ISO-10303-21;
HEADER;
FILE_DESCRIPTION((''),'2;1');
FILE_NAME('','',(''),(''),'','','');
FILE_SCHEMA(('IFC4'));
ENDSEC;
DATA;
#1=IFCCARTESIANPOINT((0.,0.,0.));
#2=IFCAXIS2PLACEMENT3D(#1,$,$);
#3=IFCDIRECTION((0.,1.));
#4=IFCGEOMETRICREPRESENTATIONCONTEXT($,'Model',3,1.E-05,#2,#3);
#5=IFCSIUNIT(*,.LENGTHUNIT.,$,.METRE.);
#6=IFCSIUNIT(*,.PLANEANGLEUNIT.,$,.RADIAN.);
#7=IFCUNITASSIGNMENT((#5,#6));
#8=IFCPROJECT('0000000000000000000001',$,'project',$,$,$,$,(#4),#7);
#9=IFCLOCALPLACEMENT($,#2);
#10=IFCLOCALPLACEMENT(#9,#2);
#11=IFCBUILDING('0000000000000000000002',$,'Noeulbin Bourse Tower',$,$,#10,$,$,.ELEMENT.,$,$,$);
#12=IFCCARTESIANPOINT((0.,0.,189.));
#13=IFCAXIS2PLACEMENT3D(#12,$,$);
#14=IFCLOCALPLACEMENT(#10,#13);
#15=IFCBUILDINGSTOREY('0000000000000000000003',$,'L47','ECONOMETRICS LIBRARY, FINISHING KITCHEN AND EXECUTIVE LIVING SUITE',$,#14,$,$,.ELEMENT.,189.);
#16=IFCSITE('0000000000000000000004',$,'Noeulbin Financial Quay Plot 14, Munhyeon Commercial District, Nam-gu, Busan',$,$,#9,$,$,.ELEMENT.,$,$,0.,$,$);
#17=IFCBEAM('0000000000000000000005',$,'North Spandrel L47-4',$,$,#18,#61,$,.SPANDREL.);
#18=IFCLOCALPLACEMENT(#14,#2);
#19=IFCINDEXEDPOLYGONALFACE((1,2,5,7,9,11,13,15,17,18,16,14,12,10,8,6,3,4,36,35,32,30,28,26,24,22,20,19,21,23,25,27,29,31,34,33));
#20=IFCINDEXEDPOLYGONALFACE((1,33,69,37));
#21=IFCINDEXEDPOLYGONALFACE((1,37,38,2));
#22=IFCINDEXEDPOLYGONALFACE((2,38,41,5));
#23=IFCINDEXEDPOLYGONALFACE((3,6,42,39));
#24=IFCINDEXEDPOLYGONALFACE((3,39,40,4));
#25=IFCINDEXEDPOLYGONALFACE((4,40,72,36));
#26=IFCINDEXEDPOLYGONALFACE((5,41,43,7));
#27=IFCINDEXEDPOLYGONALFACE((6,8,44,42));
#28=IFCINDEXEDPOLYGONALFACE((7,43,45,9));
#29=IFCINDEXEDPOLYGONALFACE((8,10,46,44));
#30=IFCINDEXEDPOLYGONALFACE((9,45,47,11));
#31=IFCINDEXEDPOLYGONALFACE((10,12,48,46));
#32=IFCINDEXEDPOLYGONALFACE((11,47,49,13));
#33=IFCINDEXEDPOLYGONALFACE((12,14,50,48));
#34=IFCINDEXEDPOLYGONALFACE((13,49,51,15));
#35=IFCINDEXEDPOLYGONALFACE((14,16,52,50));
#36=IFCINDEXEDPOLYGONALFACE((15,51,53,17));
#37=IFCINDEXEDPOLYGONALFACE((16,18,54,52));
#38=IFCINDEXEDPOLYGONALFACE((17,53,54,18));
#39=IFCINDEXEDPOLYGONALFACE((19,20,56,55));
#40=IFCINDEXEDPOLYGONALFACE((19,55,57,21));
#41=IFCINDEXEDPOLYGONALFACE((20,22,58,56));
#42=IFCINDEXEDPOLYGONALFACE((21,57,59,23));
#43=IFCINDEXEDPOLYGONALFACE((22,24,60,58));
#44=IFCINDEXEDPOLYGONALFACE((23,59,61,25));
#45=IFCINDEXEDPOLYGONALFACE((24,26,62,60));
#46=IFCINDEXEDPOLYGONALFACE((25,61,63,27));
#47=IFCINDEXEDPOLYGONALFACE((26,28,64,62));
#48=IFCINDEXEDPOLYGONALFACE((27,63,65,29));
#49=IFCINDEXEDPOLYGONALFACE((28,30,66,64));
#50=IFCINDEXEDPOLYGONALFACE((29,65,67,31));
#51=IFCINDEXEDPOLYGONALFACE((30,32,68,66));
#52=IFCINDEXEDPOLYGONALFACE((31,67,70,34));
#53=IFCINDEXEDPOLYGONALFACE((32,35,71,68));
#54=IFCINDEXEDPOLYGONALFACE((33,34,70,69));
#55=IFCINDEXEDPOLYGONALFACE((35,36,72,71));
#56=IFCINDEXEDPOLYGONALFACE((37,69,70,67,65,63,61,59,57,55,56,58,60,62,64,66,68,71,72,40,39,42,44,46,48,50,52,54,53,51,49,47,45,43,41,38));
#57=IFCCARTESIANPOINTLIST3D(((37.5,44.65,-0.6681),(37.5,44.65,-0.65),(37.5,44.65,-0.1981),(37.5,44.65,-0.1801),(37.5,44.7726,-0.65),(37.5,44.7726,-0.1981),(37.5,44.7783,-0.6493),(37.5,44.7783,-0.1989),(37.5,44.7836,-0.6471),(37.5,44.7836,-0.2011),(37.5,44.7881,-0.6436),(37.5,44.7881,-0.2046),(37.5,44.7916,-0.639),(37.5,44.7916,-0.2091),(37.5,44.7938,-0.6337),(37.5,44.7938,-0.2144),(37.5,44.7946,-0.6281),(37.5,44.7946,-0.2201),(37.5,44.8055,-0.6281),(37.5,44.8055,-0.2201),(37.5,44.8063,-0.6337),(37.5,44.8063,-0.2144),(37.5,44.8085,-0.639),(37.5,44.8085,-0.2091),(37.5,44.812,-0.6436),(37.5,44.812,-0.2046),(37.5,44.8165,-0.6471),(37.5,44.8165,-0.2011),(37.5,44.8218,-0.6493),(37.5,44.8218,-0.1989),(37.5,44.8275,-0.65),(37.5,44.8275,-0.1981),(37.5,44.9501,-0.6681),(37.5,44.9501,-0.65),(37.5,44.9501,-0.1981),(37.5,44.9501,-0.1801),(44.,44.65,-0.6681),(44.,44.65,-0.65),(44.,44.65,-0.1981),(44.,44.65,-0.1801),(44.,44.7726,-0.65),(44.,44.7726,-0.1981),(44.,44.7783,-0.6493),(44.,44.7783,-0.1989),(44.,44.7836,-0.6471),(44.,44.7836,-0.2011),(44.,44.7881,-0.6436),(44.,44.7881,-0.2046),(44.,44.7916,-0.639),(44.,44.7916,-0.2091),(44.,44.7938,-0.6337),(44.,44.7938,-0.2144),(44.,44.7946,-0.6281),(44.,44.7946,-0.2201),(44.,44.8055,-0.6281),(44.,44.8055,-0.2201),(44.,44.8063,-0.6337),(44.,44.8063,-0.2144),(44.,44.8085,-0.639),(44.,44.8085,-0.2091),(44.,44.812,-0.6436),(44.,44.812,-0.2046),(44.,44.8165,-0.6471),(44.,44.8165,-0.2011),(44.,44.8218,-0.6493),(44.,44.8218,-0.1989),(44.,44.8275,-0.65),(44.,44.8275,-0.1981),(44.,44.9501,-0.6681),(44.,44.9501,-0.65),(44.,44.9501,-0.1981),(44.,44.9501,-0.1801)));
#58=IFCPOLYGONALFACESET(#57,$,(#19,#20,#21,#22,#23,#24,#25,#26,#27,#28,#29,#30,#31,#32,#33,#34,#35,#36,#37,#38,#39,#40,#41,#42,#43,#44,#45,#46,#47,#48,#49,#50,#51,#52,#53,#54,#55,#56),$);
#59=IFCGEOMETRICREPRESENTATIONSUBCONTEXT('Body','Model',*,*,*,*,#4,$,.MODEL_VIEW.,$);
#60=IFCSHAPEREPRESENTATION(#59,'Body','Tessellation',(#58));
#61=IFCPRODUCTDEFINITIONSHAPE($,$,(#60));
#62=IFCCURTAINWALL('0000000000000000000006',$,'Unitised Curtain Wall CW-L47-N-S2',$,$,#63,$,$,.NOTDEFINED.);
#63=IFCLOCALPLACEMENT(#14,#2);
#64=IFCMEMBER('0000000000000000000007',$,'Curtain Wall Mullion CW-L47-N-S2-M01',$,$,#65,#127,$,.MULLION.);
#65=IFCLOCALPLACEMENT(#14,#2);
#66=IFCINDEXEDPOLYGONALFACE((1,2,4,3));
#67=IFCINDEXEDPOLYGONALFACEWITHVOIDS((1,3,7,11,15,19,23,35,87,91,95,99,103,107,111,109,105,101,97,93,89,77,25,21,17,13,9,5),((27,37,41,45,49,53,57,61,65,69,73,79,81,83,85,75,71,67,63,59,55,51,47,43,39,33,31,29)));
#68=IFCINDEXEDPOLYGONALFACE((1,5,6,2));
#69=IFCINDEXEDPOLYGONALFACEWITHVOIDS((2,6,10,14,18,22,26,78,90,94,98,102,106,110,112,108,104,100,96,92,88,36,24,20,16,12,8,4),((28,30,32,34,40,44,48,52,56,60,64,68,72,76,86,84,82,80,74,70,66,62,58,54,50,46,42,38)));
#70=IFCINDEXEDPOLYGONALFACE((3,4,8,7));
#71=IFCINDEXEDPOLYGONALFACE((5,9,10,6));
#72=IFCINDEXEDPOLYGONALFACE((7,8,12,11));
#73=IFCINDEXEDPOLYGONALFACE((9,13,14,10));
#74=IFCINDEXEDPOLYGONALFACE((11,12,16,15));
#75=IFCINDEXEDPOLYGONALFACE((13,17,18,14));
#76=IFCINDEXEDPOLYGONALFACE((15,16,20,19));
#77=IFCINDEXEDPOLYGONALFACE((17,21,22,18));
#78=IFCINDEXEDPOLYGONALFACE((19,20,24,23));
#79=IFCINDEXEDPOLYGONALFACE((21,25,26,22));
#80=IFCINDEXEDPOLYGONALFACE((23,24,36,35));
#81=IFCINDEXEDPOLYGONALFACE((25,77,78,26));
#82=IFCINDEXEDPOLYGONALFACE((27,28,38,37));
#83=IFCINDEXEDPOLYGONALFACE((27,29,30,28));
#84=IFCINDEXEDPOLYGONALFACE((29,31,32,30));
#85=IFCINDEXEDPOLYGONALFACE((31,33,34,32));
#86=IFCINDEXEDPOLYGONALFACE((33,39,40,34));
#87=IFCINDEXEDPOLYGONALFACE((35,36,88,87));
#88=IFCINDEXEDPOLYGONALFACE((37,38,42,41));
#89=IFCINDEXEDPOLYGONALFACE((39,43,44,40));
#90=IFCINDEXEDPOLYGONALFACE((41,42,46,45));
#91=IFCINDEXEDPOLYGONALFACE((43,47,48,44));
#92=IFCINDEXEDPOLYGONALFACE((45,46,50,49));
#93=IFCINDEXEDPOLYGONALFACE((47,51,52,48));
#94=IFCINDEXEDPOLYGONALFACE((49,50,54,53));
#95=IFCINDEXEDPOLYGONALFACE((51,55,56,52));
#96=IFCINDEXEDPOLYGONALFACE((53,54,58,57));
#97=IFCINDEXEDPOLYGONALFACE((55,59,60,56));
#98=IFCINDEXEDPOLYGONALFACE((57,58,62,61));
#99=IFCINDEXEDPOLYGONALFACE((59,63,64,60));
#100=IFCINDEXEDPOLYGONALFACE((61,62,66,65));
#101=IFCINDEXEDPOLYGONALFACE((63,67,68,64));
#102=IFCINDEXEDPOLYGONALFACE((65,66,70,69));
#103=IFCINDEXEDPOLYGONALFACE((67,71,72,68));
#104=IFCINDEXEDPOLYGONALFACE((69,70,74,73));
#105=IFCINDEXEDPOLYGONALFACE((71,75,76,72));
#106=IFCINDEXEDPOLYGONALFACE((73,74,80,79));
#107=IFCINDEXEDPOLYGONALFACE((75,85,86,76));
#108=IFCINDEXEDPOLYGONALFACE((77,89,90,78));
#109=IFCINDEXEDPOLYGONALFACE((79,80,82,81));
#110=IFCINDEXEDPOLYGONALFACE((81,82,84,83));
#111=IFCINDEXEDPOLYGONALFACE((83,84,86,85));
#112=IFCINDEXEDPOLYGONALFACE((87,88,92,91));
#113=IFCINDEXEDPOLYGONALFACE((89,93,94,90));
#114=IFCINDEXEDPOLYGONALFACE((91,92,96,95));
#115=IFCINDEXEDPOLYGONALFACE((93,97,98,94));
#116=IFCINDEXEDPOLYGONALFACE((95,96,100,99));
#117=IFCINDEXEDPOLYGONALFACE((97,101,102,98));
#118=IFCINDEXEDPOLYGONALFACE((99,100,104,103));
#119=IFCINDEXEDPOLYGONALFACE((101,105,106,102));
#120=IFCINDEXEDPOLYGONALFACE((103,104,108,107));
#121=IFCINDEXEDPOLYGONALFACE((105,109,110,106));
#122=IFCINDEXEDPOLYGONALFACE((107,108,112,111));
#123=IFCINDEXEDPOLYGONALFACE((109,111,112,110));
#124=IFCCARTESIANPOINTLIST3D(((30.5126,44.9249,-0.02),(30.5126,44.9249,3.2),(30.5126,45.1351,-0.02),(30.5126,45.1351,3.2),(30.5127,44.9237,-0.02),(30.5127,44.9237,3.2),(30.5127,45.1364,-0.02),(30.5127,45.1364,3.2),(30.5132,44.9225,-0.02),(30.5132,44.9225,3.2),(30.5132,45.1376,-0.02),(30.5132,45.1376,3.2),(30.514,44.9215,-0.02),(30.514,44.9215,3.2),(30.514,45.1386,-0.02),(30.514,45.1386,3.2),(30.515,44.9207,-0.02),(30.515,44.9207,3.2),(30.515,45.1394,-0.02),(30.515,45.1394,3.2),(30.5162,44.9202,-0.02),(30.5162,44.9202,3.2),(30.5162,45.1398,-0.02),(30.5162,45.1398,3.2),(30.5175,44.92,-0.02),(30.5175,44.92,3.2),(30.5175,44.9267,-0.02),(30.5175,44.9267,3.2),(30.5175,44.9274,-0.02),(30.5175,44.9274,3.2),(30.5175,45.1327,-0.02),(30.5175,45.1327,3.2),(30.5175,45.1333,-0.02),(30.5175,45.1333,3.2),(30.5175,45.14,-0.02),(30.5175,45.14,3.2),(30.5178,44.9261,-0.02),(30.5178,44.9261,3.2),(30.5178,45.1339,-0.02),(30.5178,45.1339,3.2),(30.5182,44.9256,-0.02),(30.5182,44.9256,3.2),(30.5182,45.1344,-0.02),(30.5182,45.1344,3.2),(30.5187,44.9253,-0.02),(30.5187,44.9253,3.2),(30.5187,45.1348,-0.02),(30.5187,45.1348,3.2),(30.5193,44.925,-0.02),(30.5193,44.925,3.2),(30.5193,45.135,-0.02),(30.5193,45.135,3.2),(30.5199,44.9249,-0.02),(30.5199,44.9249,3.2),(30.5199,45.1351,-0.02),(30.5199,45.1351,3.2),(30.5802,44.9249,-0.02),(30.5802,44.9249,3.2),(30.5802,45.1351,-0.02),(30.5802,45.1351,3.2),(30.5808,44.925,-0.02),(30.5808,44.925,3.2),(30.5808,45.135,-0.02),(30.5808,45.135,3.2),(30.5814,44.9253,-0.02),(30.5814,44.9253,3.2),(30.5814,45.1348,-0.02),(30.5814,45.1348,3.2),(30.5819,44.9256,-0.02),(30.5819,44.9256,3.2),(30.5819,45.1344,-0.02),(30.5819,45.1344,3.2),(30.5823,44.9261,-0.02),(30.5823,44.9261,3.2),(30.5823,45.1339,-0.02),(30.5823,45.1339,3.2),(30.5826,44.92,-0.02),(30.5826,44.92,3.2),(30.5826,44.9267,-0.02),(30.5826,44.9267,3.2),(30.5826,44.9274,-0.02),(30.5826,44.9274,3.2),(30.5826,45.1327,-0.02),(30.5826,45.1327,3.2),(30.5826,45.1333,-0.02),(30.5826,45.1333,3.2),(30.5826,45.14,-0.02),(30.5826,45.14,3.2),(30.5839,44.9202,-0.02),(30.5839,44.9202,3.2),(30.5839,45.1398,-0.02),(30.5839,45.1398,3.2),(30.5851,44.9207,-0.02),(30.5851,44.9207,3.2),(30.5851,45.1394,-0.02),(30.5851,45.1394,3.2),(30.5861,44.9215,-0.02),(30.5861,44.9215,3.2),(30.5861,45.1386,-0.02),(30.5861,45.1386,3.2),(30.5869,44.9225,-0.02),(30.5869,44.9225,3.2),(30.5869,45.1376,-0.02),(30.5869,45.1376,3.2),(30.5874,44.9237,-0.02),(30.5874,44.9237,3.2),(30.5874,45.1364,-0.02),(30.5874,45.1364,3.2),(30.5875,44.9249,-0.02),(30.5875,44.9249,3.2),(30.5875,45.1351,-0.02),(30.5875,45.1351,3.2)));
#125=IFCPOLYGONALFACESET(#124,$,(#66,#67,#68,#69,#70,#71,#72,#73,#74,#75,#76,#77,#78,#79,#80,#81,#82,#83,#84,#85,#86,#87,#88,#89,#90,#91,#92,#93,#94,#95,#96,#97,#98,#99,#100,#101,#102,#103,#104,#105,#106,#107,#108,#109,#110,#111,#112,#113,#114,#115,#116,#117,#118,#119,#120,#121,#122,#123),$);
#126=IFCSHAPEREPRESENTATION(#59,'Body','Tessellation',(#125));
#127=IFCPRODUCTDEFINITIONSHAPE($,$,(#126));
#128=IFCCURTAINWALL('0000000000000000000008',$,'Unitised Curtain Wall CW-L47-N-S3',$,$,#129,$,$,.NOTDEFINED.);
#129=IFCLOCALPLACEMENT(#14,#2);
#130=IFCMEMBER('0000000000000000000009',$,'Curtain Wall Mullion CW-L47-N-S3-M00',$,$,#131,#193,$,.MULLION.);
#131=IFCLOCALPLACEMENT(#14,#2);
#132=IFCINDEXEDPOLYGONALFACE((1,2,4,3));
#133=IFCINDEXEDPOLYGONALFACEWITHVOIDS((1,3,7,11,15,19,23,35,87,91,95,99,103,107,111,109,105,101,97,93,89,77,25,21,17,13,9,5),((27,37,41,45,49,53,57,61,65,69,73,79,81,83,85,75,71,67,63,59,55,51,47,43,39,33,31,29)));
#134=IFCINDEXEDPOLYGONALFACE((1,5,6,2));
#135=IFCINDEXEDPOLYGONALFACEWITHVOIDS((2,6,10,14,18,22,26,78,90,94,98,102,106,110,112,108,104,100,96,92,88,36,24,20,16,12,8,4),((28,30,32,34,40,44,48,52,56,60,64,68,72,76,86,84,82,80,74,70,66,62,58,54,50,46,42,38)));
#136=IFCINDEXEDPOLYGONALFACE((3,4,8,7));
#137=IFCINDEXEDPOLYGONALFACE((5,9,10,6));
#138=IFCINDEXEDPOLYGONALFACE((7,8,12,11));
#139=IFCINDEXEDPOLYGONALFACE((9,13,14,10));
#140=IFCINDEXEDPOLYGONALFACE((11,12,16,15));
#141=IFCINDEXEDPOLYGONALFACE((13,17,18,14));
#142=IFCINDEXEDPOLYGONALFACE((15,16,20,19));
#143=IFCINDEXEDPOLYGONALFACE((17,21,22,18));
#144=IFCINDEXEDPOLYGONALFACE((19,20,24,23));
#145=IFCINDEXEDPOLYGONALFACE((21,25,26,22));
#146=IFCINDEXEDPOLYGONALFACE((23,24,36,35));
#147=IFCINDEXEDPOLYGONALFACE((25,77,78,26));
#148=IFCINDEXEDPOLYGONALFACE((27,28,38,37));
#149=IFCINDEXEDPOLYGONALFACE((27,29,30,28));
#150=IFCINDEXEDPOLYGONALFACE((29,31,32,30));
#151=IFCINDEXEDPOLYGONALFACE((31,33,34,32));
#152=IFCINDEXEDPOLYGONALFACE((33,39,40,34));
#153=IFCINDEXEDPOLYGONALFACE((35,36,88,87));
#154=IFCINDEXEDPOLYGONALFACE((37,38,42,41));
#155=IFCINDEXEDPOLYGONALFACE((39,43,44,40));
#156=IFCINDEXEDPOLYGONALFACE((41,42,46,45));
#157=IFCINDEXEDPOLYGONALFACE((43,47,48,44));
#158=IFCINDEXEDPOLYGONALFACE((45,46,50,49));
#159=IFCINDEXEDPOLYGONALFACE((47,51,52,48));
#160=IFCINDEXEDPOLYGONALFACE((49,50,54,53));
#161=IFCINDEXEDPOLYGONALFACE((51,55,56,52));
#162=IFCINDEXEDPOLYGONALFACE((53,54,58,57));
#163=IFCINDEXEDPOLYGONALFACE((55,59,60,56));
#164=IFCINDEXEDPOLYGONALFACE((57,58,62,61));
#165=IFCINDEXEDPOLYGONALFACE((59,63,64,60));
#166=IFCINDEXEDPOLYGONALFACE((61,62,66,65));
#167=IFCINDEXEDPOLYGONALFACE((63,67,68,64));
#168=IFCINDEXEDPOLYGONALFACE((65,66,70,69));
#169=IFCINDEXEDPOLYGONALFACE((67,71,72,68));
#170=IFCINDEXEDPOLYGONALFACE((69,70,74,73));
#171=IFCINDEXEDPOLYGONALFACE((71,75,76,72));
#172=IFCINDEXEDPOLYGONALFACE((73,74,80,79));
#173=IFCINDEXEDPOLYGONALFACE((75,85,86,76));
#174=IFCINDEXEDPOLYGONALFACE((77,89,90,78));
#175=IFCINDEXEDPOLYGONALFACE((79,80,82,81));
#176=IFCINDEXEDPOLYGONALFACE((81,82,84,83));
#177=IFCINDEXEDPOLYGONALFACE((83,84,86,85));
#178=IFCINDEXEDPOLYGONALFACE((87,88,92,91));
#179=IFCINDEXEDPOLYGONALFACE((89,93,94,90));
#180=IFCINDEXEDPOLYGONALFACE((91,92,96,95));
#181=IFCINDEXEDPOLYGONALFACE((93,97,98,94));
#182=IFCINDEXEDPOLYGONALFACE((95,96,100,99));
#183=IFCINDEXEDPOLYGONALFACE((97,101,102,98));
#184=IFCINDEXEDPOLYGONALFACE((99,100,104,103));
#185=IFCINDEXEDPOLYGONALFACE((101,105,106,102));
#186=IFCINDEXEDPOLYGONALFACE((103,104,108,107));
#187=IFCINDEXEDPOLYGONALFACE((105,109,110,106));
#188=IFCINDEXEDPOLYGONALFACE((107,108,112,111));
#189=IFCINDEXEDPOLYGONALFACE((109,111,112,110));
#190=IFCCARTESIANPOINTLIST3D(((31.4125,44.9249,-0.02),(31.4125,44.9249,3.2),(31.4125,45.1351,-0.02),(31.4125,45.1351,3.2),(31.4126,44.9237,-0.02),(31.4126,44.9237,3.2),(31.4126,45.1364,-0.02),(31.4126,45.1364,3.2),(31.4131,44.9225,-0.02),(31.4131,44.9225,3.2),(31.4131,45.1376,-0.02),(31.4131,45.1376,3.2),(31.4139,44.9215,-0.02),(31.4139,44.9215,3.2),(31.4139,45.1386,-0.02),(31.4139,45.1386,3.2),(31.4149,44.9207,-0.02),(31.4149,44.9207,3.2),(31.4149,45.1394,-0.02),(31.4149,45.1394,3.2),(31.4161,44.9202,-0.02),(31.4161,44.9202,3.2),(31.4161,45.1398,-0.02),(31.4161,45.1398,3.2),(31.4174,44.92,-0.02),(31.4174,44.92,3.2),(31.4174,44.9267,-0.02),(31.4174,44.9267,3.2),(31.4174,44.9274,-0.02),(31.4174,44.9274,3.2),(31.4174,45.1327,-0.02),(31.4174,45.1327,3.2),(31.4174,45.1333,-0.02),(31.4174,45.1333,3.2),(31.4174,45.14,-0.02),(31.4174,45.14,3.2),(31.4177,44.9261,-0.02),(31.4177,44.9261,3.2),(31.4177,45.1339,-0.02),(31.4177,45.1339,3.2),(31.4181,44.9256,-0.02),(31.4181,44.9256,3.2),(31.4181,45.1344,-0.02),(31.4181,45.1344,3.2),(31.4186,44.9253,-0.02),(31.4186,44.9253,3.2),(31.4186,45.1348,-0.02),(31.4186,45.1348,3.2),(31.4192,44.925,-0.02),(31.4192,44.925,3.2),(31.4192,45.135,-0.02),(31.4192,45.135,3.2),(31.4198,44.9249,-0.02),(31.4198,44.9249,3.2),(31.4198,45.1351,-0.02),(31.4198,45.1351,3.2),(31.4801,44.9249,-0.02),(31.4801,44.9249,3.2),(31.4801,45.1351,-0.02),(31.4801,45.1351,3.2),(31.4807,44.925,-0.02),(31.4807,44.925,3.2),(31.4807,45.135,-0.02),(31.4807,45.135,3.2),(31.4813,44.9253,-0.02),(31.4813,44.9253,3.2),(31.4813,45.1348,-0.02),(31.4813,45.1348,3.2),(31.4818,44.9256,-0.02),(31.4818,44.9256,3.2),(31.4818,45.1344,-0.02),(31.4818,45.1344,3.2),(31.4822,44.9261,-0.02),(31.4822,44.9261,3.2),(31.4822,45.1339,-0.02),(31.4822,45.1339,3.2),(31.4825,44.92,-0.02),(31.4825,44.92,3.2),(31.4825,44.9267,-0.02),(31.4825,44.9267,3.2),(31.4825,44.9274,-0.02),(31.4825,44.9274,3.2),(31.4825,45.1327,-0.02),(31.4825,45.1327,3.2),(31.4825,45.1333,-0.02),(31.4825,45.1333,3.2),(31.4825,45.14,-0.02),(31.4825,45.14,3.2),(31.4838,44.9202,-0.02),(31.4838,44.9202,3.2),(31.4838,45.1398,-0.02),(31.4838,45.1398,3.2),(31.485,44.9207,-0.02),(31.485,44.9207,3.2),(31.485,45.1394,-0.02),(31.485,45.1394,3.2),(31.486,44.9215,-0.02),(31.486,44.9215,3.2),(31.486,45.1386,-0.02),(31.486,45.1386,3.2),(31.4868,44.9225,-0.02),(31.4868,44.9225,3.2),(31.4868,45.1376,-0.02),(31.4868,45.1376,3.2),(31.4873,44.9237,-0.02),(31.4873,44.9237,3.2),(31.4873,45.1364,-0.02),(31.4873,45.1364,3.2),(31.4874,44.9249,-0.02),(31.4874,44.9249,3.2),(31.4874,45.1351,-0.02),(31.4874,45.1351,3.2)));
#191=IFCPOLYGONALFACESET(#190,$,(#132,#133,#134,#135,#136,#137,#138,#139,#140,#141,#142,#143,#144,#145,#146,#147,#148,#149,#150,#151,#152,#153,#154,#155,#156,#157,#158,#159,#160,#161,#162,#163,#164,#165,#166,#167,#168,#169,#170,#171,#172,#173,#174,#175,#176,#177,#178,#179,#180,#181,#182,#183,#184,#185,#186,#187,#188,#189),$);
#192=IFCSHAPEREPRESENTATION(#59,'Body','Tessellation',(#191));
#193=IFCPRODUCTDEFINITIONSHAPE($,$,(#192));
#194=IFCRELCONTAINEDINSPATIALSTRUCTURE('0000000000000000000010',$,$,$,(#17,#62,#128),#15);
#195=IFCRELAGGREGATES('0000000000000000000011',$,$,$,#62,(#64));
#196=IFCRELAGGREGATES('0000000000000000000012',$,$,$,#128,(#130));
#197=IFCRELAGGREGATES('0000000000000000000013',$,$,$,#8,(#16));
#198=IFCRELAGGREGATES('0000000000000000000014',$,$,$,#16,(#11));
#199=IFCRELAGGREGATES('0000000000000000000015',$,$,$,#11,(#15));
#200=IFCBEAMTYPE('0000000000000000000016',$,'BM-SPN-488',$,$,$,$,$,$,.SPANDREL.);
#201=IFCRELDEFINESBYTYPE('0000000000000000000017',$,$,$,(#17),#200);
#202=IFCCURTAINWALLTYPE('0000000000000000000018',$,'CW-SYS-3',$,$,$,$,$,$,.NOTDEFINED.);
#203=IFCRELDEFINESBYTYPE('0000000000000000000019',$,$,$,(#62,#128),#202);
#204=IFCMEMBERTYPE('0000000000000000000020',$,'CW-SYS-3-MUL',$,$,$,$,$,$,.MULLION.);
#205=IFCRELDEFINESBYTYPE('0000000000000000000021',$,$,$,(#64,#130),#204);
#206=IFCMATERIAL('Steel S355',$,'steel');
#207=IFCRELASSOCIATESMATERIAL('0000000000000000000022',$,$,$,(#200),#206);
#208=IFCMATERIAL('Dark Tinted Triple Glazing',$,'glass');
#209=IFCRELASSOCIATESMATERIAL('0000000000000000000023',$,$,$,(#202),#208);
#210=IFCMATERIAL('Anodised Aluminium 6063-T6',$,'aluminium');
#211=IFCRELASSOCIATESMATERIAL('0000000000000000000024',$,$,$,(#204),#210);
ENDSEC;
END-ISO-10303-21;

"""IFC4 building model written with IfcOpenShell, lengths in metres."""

from ifc_helpers import new_model, si_unit, direction, frame, origin, origin_2d, place, context, subcontext, project, spatial, hollow_rectangle, i_section, extrude, material, material_profile, profile_set, type_object, element, aggregate, save


model = new_model("IFC4")

# Units and contexts
model_context = context("Model", 3, precision=1e-05, world=origin(), true_north=direction((0.0, 1.0)))
body_context = subcontext(model_context, "Body", "Model", "MODEL_VIEW")
ifc_project = project(units=[si_unit("LENGTHUNIT", "METRE"), si_unit("PLANEANGLEUNIT", "RADIAN")], contexts=[model_context])

# Site, building, storey
site_placement = place(None, origin())
site = spatial("IfcSite", under=ifc_project, at=site_placement, Name="Noeulbin Financial Quay Plot 14, Munhyeon Commercial District, Nam-gu, Busan", CompositionType="ELEMENT", RefElevation=0.0)
building_placement = place(site_placement, origin())
building = spatial("IfcBuilding", under=site, at=building_placement, Name="Noeulbin Bourse Tower", CompositionType="ELEMENT")
storey_placement = place(building_placement, frame((0.0, 0.0, 189.0)))
storey = spatial("IfcBuildingStorey", under=building, at=storey_placement, Name="L47", Description="ECONOMETRICS LIBRARY, FINISHING KITCHEN AND EXECUTIVE LIVING SUITE", CompositionType="ELEMENT", Elevation=189.0)

# Shared definitions
ifc_material_1 = material(Name="Steel S355", Category="steel")

# Beam
ifc_material_profile_1 = material_profile(ifc_material_1, i_section(OverallWidth=0.3, OverallDepth=0.488, WebThickness=0.011, FlangeThickness=0.0181, FilletRadius=0.022, at=origin_2d()), Name="H-488x300x11x18", Category="LoadBearing")
ifc_profile_set_1 = profile_set([ifc_material_profile_1], Name="Steel S355")
beam_type_1 = type_object("IfcBeamType", Name="BM-SPN-488", PredefinedType="SPANDREL", material=ifc_profile_set_1)
for number, where, z_axis, x_axis, name in (
    (1, (37.5, 44.8, -0.4241), (1.0, 0.0, 0.0), (0.0, 1.0, 0.0), "North Spandrel L47-4"),
):
    element("IfcBeam", number, at=place(storey_placement, frame(where, z_axis=z_axis, x_axis=x_axis)), inside=storey, type_object=beam_type_1, Name=name, PredefinedType="SPANDREL", context=body_context, shape_type="SweptSolid", body=[
        extrude(i_section(OverallWidth=0.3, OverallDepth=0.488, WebThickness=0.011, FlangeThickness=0.0181, FilletRadius=0.022, at=origin_2d()), origin(), (0.0, 0.0, 1.0), 6.5),
    ])

# Curtain wall, member
ifc_material_2 = material(Name="Dark Tinted Triple Glazing", Category="glass")
curtain_wall_type = type_object("IfcCurtainWallType", Name="CW-SYS-3", PredefinedType="NOTDEFINED", material=ifc_material_2)
curtain_wall_1_placement = place(storey_placement, origin())
curtain_wall_1 = element("IfcCurtainWall", 2, at=curtain_wall_1_placement, inside=storey, type_object=curtain_wall_type, Name="Unitised Curtain Wall CW-L47-N-S2", PredefinedType="NOTDEFINED")
ifc_material_3 = material(Name="Anodised Aluminium 6063-T6", Category="aluminium")
ifc_material_profile_2 = material_profile(ifc_material_3, hollow_rectangle(XDim=0.075, YDim=0.22, WallThickness=0.0049, InnerFilletRadius=0.0024, OuterFilletRadius=0.0049, at=origin_2d()), Name="ALU-MULL-75x220x5", Category="LoadBearing")
ifc_profile_set_2 = profile_set([ifc_material_profile_2], Name="Anodised Aluminium 6063-T6")
member_type_1 = type_object("IfcMemberType", Name="CW-SYS-3-MUL", PredefinedType="MULLION", material=ifc_profile_set_2)
member_1_placement = place(storey_placement, frame((30.55, 45.03, -0.02), z_axis=(0.0, 0.0, 1.0), x_axis=(1.0, 0.0, 0.0)))
member_1 = element("IfcMember", 3, at=member_1_placement, type_object=member_type_1, Name="Curtain Wall Mullion CW-L47-N-S2-M01", PredefinedType="MULLION", context=body_context, shape_type="SweptSolid", body=[
    extrude(hollow_rectangle(XDim=0.075, YDim=0.22, WallThickness=0.0049, InnerFilletRadius=0.0024, OuterFilletRadius=0.0049, at=origin_2d()), origin(), (0.0, 0.0, 1.0), 3.22),
])
aggregate(curtain_wall_1, [member_1])

# Curtain wall, member
curtain_wall_2_placement = place(storey_placement, origin())
curtain_wall_2 = element("IfcCurtainWall", 4, at=curtain_wall_2_placement, inside=storey, type_object=curtain_wall_type, Name="Unitised Curtain Wall CW-L47-N-S3", PredefinedType="NOTDEFINED")
member_2_placement = place(storey_placement, frame((31.45, 45.03, -0.02), z_axis=(0.0, 0.0, 1.0), x_axis=(1.0, 0.0, 0.0)))
member_2 = element("IfcMember", 5, at=member_2_placement, type_object=member_type_1, Name="Curtain Wall Mullion CW-L47-N-S3-M00", PredefinedType="MULLION", context=body_context, shape_type="SweptSolid", body=[
    extrude(hollow_rectangle(XDim=0.075, YDim=0.22, WallThickness=0.0049, InnerFilletRadius=0.0024, OuterFilletRadius=0.0049, at=origin_2d()), origin(), (0.0, 0.0, 1.0), 3.22),
])

aggregate(curtain_wall_2, [member_2])

save(model, "model.ifc")
